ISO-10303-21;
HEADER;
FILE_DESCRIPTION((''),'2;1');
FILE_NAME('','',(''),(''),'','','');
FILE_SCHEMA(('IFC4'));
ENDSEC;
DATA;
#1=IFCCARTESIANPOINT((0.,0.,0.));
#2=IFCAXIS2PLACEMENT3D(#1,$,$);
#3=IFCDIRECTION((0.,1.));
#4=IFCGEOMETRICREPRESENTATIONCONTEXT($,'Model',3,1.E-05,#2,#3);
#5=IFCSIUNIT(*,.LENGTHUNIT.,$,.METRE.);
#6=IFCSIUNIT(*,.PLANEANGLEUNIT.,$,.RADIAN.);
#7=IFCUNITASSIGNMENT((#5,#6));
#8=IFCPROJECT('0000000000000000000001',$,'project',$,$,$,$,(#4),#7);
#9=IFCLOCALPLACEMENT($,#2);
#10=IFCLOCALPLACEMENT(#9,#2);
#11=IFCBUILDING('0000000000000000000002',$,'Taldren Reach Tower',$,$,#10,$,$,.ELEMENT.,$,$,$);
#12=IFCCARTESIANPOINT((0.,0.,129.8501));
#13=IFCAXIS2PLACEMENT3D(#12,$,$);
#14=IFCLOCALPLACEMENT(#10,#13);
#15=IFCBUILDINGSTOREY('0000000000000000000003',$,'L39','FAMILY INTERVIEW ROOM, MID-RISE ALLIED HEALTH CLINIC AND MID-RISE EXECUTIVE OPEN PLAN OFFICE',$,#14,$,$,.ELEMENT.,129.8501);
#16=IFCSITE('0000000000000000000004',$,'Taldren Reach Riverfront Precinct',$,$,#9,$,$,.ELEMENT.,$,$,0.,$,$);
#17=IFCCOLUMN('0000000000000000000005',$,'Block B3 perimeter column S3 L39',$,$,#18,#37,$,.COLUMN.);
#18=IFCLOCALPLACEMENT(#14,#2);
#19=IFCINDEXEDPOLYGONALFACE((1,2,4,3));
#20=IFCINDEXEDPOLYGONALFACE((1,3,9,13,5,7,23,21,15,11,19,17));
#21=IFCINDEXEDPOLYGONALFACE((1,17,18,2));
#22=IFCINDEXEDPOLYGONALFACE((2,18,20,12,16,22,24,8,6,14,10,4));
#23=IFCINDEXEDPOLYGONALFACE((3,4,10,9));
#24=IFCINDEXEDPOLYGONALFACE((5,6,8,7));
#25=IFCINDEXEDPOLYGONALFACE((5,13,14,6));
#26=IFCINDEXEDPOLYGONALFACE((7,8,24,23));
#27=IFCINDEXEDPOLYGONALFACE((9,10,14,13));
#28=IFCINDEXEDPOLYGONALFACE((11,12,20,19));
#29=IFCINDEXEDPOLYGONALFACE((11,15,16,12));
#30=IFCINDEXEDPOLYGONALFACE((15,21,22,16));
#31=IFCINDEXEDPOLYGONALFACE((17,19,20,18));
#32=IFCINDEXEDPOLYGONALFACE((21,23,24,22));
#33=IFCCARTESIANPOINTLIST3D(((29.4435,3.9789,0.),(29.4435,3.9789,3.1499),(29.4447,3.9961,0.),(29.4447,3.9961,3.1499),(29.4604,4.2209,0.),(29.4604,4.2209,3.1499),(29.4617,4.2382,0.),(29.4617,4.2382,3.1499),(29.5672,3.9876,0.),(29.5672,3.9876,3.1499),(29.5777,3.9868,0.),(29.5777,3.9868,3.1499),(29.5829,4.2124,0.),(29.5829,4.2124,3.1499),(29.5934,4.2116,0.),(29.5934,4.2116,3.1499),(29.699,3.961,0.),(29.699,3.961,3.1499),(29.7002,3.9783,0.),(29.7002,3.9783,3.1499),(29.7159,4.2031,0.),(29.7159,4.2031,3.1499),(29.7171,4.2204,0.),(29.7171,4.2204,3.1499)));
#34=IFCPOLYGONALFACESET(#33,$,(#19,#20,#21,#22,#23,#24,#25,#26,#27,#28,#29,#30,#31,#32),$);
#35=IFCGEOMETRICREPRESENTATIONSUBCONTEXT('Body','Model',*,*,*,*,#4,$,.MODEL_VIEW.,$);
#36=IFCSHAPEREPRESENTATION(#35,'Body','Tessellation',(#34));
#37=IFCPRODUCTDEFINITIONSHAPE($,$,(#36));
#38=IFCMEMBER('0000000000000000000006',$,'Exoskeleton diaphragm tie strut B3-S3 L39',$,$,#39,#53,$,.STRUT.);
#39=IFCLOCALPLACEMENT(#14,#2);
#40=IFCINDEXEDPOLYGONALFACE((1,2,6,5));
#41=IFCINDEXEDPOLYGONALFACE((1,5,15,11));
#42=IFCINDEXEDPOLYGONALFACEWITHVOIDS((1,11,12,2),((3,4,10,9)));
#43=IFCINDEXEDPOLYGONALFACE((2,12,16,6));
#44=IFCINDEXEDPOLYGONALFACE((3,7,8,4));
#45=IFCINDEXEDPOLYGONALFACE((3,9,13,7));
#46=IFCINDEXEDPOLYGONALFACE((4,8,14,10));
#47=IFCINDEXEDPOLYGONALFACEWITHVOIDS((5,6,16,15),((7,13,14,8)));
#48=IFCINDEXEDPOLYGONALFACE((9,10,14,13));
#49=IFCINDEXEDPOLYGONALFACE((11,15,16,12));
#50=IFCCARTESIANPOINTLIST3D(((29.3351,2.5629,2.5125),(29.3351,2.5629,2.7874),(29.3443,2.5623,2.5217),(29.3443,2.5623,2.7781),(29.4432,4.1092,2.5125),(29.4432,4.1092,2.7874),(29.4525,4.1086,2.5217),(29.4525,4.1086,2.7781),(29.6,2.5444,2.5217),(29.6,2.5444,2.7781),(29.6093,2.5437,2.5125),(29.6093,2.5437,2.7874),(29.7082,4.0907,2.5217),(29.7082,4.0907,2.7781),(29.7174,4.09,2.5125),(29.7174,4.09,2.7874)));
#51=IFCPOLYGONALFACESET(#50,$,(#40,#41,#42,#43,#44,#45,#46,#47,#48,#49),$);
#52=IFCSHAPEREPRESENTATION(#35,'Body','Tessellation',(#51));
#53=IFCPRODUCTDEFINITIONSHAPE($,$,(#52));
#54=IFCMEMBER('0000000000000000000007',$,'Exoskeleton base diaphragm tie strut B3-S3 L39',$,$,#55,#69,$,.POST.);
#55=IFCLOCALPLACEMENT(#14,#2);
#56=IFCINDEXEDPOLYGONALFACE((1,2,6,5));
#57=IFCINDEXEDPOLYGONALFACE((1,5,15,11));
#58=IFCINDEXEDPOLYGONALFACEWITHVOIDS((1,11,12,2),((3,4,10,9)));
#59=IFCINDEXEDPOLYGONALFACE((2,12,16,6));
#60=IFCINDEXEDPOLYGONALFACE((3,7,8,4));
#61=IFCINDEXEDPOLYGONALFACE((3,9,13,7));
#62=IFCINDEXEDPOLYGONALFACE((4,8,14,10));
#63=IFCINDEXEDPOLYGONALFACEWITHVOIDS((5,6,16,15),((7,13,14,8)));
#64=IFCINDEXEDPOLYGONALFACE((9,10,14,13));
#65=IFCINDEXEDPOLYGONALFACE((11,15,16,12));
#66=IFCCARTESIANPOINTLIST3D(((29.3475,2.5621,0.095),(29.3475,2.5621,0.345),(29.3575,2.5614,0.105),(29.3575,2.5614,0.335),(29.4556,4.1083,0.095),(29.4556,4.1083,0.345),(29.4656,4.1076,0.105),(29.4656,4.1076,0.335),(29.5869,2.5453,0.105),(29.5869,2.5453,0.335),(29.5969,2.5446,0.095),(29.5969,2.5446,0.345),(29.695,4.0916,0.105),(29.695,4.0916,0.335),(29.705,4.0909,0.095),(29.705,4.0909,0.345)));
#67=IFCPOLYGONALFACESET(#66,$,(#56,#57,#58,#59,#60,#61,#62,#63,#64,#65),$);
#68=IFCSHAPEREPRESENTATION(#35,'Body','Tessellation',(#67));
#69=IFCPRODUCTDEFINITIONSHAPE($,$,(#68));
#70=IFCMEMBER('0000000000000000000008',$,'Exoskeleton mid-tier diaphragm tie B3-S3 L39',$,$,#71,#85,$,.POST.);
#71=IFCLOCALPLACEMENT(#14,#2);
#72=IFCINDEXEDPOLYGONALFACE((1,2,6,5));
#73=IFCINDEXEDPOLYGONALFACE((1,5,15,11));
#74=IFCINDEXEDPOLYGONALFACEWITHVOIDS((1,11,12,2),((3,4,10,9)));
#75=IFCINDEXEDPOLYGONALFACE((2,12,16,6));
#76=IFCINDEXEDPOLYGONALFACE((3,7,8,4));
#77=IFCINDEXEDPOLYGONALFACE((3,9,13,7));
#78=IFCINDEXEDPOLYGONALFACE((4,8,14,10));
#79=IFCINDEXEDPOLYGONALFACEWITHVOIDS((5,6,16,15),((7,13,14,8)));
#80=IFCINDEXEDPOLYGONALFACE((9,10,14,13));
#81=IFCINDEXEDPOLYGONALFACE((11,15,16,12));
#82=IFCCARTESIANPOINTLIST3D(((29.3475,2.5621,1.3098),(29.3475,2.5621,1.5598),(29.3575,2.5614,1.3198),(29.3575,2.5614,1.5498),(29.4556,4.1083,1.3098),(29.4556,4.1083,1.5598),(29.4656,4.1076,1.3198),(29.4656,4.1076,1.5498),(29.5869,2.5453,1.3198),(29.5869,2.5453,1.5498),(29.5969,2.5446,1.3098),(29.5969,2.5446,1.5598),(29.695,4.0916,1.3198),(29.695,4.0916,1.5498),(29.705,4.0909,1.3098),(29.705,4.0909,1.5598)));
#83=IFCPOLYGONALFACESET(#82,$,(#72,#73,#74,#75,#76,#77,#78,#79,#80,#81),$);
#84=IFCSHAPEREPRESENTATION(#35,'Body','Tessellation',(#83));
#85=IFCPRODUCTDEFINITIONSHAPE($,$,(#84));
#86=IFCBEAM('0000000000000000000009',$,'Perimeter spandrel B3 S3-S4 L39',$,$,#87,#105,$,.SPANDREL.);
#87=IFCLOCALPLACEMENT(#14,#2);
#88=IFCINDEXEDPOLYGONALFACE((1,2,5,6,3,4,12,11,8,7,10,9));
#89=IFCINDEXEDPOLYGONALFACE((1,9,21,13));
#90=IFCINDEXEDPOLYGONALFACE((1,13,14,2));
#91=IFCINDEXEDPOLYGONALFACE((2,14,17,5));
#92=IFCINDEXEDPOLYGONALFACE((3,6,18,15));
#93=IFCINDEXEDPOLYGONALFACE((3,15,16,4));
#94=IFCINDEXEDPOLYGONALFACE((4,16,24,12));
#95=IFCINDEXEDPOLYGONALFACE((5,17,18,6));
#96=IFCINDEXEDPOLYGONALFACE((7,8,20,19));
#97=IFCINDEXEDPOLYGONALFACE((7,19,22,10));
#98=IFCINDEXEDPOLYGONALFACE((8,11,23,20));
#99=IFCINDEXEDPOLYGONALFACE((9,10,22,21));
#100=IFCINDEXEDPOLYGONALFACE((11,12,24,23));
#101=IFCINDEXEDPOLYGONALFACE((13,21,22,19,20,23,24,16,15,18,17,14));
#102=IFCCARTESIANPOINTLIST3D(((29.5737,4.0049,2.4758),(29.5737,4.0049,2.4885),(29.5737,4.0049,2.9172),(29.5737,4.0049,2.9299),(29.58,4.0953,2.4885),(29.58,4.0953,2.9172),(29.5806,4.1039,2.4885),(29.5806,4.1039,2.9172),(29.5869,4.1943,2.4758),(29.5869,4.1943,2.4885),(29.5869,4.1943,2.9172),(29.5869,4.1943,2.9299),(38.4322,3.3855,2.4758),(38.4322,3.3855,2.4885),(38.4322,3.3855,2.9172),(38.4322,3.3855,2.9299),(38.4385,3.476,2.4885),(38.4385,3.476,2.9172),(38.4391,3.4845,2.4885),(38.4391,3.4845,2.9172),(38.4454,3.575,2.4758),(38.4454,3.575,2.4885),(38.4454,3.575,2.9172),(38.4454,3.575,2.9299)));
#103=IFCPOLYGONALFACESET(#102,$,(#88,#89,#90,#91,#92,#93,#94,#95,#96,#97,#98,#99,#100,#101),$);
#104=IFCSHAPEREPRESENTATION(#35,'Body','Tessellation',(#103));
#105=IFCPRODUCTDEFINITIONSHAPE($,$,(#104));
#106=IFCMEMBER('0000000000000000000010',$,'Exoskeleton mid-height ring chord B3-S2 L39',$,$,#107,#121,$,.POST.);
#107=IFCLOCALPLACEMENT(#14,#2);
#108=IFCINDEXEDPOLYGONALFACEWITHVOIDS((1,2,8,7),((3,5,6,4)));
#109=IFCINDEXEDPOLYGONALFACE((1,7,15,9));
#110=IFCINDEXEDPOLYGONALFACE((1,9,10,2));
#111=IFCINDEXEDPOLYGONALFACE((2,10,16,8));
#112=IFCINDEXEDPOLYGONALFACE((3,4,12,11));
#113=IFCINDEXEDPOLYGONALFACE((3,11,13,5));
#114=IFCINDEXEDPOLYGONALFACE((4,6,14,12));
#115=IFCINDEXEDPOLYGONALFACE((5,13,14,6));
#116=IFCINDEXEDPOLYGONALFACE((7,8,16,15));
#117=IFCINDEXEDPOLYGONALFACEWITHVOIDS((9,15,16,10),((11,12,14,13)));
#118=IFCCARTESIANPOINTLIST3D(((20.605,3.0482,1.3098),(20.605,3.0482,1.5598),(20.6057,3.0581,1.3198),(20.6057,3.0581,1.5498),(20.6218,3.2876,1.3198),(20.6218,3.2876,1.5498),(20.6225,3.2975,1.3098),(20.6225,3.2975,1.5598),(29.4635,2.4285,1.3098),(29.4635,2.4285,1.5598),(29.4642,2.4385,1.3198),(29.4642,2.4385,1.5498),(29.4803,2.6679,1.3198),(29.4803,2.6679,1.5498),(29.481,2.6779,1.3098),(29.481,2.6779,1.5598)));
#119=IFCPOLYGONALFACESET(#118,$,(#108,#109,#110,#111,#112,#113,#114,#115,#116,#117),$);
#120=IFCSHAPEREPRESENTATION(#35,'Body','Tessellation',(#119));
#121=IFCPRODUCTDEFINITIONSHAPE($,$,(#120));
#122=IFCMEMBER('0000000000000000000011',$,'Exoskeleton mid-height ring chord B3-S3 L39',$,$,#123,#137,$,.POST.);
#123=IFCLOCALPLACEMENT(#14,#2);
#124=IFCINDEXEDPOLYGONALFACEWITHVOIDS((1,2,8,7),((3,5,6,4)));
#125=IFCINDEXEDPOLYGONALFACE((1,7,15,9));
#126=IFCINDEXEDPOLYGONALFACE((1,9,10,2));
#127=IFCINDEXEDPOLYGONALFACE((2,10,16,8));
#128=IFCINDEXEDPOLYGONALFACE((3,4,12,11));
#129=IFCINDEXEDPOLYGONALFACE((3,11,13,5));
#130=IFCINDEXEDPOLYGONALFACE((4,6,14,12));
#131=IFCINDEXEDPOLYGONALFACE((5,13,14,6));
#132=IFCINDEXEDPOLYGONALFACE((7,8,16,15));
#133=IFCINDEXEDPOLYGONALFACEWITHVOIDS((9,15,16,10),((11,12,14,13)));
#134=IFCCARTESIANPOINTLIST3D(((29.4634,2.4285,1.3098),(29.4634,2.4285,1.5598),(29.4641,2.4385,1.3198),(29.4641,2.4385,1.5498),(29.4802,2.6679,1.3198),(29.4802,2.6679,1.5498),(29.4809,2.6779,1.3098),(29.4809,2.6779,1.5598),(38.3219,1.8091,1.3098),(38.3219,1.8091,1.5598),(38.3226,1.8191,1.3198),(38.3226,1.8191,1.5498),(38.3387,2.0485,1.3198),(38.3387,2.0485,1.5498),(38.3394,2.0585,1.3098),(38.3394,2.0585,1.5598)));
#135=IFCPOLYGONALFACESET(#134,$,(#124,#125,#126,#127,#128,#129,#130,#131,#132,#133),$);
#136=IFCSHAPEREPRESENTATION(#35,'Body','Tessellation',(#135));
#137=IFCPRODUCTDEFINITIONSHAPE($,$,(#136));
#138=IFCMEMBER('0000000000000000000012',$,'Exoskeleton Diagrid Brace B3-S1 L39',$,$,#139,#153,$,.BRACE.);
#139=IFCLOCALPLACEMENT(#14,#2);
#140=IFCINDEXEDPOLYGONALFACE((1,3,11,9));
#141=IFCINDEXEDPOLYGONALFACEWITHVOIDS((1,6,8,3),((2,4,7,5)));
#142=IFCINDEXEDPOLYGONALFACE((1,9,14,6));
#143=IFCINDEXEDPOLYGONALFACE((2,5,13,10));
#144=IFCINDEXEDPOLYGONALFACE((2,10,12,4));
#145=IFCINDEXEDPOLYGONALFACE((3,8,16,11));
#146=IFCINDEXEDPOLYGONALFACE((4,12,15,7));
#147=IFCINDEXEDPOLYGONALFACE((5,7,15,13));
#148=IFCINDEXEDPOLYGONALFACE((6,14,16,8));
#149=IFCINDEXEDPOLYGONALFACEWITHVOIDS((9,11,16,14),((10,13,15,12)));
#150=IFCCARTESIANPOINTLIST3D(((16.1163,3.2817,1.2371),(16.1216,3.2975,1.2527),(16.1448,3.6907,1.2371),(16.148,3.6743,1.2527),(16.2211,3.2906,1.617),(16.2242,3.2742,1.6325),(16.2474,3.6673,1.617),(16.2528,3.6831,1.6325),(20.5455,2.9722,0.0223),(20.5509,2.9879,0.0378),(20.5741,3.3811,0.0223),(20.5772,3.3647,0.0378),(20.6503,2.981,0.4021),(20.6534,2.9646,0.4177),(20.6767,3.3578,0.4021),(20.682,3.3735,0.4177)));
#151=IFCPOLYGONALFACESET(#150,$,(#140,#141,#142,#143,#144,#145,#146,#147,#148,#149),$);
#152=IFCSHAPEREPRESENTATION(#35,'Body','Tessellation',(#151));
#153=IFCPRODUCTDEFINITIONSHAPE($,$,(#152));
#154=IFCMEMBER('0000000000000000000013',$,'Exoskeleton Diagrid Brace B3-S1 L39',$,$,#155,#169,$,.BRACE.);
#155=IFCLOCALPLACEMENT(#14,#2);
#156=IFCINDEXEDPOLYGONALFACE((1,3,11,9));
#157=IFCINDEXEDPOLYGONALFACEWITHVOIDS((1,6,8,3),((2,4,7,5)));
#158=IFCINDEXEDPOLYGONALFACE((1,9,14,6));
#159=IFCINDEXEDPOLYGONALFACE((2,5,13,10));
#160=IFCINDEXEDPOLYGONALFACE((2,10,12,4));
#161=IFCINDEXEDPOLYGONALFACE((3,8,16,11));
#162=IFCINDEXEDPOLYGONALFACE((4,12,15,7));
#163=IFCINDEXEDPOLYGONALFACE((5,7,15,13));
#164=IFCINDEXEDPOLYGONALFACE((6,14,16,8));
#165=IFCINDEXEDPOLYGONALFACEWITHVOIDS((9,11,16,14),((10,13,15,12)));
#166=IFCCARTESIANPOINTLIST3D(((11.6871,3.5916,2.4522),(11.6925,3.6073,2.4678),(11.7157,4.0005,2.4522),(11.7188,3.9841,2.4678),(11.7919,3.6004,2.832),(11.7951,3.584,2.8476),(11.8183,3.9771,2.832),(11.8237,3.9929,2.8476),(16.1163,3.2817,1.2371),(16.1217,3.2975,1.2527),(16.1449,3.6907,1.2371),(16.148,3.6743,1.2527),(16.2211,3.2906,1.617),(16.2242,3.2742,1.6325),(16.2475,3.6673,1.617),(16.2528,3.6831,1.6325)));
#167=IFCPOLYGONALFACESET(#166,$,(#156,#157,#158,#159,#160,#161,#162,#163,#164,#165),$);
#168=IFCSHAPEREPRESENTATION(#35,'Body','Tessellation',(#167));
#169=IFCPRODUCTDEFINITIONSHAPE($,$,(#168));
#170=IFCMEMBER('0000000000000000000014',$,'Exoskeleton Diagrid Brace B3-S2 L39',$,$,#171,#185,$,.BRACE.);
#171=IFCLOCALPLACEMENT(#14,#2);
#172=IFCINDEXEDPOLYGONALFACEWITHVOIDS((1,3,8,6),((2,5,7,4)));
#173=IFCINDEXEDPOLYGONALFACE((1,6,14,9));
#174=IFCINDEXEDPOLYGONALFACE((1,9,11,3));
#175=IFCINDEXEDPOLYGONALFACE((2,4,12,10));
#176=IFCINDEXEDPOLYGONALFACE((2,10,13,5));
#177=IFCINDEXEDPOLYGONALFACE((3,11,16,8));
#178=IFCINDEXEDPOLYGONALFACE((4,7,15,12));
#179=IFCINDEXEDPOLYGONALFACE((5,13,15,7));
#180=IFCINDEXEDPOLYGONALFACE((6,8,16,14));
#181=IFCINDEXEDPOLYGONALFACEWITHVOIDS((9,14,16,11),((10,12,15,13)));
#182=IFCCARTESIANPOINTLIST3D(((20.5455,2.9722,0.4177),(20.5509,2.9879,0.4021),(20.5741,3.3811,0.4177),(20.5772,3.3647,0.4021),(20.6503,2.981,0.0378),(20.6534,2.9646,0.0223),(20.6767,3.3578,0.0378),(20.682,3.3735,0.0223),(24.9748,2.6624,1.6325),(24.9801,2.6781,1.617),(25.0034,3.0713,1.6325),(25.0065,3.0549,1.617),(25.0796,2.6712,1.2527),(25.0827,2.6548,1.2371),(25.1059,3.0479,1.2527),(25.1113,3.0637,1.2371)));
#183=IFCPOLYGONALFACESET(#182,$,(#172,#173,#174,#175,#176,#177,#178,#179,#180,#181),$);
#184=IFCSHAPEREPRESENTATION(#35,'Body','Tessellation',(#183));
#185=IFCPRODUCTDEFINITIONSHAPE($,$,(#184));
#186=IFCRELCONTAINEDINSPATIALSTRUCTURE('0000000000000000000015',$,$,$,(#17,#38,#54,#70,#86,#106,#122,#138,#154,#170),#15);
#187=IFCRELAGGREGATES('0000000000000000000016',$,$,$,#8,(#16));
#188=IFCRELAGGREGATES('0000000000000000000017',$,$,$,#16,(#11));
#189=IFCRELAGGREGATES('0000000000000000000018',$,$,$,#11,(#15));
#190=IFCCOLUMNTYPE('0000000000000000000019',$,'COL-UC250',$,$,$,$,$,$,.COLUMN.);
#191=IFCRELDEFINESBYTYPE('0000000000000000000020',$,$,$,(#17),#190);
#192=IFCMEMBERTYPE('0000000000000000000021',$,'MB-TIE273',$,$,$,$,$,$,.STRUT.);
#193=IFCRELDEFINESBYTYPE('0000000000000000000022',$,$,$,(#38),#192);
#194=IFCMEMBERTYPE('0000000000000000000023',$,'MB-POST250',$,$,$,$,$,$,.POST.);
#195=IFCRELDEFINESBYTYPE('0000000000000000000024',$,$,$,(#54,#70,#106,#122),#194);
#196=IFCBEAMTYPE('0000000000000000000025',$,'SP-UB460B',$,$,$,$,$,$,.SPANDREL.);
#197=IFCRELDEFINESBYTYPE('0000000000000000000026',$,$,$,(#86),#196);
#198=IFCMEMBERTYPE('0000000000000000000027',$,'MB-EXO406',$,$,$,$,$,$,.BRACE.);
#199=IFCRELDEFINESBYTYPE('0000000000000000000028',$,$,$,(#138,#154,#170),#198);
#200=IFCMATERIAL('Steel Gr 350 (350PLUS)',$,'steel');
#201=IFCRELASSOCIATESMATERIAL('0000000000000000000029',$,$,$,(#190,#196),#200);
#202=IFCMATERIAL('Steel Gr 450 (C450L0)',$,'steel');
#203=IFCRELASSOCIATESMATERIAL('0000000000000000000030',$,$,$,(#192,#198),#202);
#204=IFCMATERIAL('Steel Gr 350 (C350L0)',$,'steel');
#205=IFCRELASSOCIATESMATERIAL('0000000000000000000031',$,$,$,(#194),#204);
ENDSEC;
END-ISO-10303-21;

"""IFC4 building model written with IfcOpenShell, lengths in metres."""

from ifc_helpers import new_model, si_unit, direction, frame, origin, origin_2d, place, context, subcontext, project, spatial, hollow_rectangle, i_section, extrude, source, transform, mapped, material, material_profile, profile_set, type_object, element, save


model = new_model("IFC4")

# Units and contexts
model_context = context("Model", 3, precision=1e-05, world=origin(), true_north=direction((0.0, 1.0)))
body_context = subcontext(model_context, "Body", "Model", "MODEL_VIEW")
ifc_project = project(units=[si_unit("LENGTHUNIT", "METRE"), si_unit("PLANEANGLEUNIT", "RADIAN")], contexts=[model_context])

# Site, building, storey
site_placement = place(None, origin())
site = spatial("IfcSite", under=ifc_project, at=site_placement, Name="Taldren Reach Riverfront Precinct", CompositionType="ELEMENT", RefElevation=0.0)
building_placement = place(site_placement, origin())
building = spatial("IfcBuilding", under=site, at=building_placement, Name="Taldren Reach Tower", CompositionType="ELEMENT")
storey_placement = place(building_placement, frame((0.0, 0.0, 129.8501)))
storey = spatial("IfcBuildingStorey", under=building, at=storey_placement, Name="L39", Description="FAMILY INTERVIEW ROOM, MID-RISE ALLIED HEALTH CLINIC AND MID-RISE EXECUTIVE OPEN PLAN OFFICE", CompositionType="ELEMENT", Elevation=129.8501)

# Column
ifc_material_1 = material(Name="Steel Gr 350 (350PLUS)", Category="steel")
ifc_material_profile_1 = material_profile(ifc_material_1, i_section(OverallWidth=0.2561, OverallDepth=0.26, WebThickness=0.0105, FlangeThickness=0.0173, at=origin_2d()), Name="250UC89.5")
ifc_profile_set_1 = profile_set([ifc_material_profile_1], Name="Steel Gr 350 (350PLUS)")
column_type = type_object("IfcColumnType", Name="COL-UC250", PredefinedType="COLUMN", material=ifc_profile_set_1)
shared_shape_1 = source(origin(), body_context, "Body", "SweptSolid", [
    extrude(i_section(OverallWidth=0.2561, OverallDepth=0.26, WebThickness=0.0105, FlangeThickness=0.0173, at=origin_2d()), origin(), (0.0, 0.0, 1.0), 3.1499),
])
column_placement = place(storey_placement, frame((29.5803, 4.0996, 0.0), z_axis=(0.0, 0.0, 1.0), x_axis=(0.997564, -0.069756, 0.0)))
element("IfcColumn", 1, at=column_placement, inside=storey, type_object=column_type, Name="Block B3 perimeter column S3 L39", PredefinedType="COLUMN", context=body_context, shape_type="MappedRepresentation", body=[
    mapped(shared_shape_1, transform((0.0, 0.0, 0.0), scale=1.0)),
])

# Members
ifc_material_2 = material(Name="Steel Gr 450 (C450L0)", Category="steel")
ifc_material_profile_2 = material_profile(ifc_material_2, hollow_rectangle(XDim=0.2749, YDim=0.2749, WallThickness=0.0093, at=origin_2d()), Name="275x275x9.3SHS")
ifc_profile_set_2 = profile_set([ifc_material_profile_2], Name="Steel Gr 450 (C450L0)")
member_type_1 = type_object("IfcMemberType", Name="MB-TIE273", PredefinedType="STRUT", material=ifc_profile_set_2)
shared_shape_2 = source(origin(), body_context, "Body", "SweptSolid", [
    extrude(hollow_rectangle(XDim=0.2749, YDim=0.2749, WallThickness=0.0093, at=origin_2d()), origin(), (0.0, 0.0, 1.0), 1.55),
])
member_1_placement = place(storey_placement, frame((29.5803, 4.0996, 2.6499), z_axis=(-0.06977, -0.997563, 0.0), x_axis=(0.997563, -0.06977, 0.0)))
element("IfcMember", 2, at=member_1_placement, inside=storey, type_object=member_type_1, Name="Exoskeleton diaphragm tie strut B3-S3 L39", PredefinedType="STRUT", context=body_context, shape_type="MappedRepresentation", body=[
    mapped(shared_shape_2, transform((0.0, 0.0, 0.0), scale=1.0)),
])
ifc_material_3 = material(Name="Steel Gr 350 (C350L0)", Category="steel")
ifc_material_profile_3 = material_profile(ifc_material_3, hollow_rectangle(XDim=0.25, YDim=0.25, WallThickness=0.01, at=origin_2d()), Name="250x250x10.0SHS")
ifc_profile_set_3 = profile_set([ifc_material_profile_3], Name="Steel Gr 350 (C350L0)")
member_type_2 = type_object("IfcMemberType", Name="MB-POST250", PredefinedType="POST", material=ifc_profile_set_3)
shared_shape_3 = source(origin(), body_context, "Body", "SweptSolid", [
    extrude(hollow_rectangle(XDim=0.25, YDim=0.25, WallThickness=0.01, at=origin_2d()), origin(), (0.0, 0.0, 1.0), 1.55),
])
for number, where, z_axis, x_axis, name in (
    (3, (29.5803, 4.0996, 0.22), (-0.06977, -0.997563, 0.0), (0.997563, -0.06977, 0.0), "Exoskeleton base diaphragm tie strut B3-S3 L39"),
    (4, (29.5803, 4.0996, 1.4348), (-0.06977, -0.997563, 0.0), (0.997563, -0.06977, 0.0), "Exoskeleton mid-tier diaphragm tie B3-S3 L39"),
):
    element("IfcMember", number, at=place(storey_placement, frame(where, z_axis=z_axis, x_axis=x_axis)), inside=storey, type_object=member_type_2, Name=name, PredefinedType="POST", context=body_context, shape_type="MappedRepresentation", body=[
        mapped(shared_shape_3, transform((0.0, 0.0, 0.0), scale=1.0)),
    ])

# Beam
ifc_material_profile_4 = material_profile(ifc_material_1, i_section(OverallWidth=0.1899, OverallDepth=0.4541, WebThickness=0.0085, FlangeThickness=0.0127, at=origin_2d()), Name="460UB67.1")
ifc_profile_set_4 = profile_set([ifc_material_profile_4], Name="Steel Gr 350 (350PLUS)")
beam_type = type_object("IfcBeamType", Name="SP-UB460B", PredefinedType="SPANDREL", material=ifc_profile_set_4)
shared_shape_4 = source(origin(), body_context, "Body", "SweptSolid", [
    extrude(i_section(OverallWidth=0.1899, OverallDepth=0.4541, WebThickness=0.0085, FlangeThickness=0.0127, at=origin_2d()), origin(), (0.0, 0.0, 1.0), 8.8801),
])
beam_placement = place(storey_placement, frame((29.5803, 4.0996, 2.7029), z_axis=(0.997564, -0.06975, 0.0), x_axis=(0.06975, 0.997564, 0.0)))
element("IfcBeam", 5, at=beam_placement, inside=storey, type_object=beam_type, Name="Perimeter spandrel B3 S3-S4 L39", PredefinedType="SPANDREL", context=body_context, shape_type="MappedRepresentation", body=[
    mapped(shared_shape_4, transform((0.0, 0.0, 0.0), scale=1.0)),
])

# Members
shared_shape_5 = source(origin(), body_context, "Body", "SweptSolid", [
    extrude(hollow_rectangle(XDim=0.25, YDim=0.25, WallThickness=0.01, at=origin_2d()), origin(), (0.0, 0.0, 1.0), 8.8801),
])
for number, where, z_axis, x_axis, name in (
    (6, (20.6138, 3.1729, 1.4348), (0.997563, -0.069778, 0.0), (0.069778, 0.997563, 0.0), "Exoskeleton mid-height ring chord B3-S2 L39"),
    (7, (29.4722, 2.5532, 1.4348), (0.997564, -0.06975, 0.0), (0.06975, 0.997564, 0.0), "Exoskeleton mid-height ring chord B3-S3 L39"),
):
    element("IfcMember", number, at=place(storey_placement, frame(where, z_axis=z_axis, x_axis=x_axis)), inside=storey, type_object=member_type_2, Name=name, PredefinedType="POST", context=body_context, shape_type="MappedRepresentation", body=[
        mapped(shared_shape_5, transform((0.0, 0.0, 0.0), scale=1.0)),
    ])
ifc_material_profile_5 = material_profile(ifc_material_2, hollow_rectangle(XDim=0.4099, YDim=0.4099, WallThickness=0.0161, at=origin_2d()), Name="410x410x16.0SHS")
ifc_profile_set_5 = profile_set([ifc_material_profile_5], Name="Steel Gr 450 (C450L0)")
member_type_3 = type_object("IfcMemberType", Name="MB-EXO406", PredefinedType="BRACE", material=ifc_profile_set_5)
shared_shape_6 = source(origin(), body_context, "Body", "SweptSolid", [
    extrude(hollow_rectangle(XDim=0.4099, YDim=0.4099, WallThickness=0.0161, at=origin_2d()), origin(), (0.0, 0.0, 1.0), 4.6033),
])
for number, where, z_axis, x_axis, name in (
    (8, (20.6138, 3.1729, 0.22), (-0.962199, 0.067251, 0.263913), (-0.069723, -0.997566, 0.0), "Exoskeleton Diagrid Brace B3-S1 L39"),
    (9, (16.1846, 3.4824, 1.4348), (-0.962182, 0.067303, 0.263961), (-0.069778, -0.997563, 0.0), "Exoskeleton Diagrid Brace B3-S1 L39"),
    (10, (20.6138, 3.1729, 0.22), (0.962196, -0.067304, 0.263912), (0.069778, 0.997563, 0.0), "Exoskeleton Diagrid Brace B3-S2 L39"),
):
    element("IfcMember", number, at=place(storey_placement, frame(where, z_axis=z_axis, x_axis=x_axis)), inside=storey, type_object=member_type_3, Name=name, PredefinedType="BRACE", context=body_context, shape_type="MappedRepresentation", body=[
        mapped(shared_shape_6, transform((0.0, 0.0, 0.0), scale=1.0)),
    ])

save(model, "model.ifc")
